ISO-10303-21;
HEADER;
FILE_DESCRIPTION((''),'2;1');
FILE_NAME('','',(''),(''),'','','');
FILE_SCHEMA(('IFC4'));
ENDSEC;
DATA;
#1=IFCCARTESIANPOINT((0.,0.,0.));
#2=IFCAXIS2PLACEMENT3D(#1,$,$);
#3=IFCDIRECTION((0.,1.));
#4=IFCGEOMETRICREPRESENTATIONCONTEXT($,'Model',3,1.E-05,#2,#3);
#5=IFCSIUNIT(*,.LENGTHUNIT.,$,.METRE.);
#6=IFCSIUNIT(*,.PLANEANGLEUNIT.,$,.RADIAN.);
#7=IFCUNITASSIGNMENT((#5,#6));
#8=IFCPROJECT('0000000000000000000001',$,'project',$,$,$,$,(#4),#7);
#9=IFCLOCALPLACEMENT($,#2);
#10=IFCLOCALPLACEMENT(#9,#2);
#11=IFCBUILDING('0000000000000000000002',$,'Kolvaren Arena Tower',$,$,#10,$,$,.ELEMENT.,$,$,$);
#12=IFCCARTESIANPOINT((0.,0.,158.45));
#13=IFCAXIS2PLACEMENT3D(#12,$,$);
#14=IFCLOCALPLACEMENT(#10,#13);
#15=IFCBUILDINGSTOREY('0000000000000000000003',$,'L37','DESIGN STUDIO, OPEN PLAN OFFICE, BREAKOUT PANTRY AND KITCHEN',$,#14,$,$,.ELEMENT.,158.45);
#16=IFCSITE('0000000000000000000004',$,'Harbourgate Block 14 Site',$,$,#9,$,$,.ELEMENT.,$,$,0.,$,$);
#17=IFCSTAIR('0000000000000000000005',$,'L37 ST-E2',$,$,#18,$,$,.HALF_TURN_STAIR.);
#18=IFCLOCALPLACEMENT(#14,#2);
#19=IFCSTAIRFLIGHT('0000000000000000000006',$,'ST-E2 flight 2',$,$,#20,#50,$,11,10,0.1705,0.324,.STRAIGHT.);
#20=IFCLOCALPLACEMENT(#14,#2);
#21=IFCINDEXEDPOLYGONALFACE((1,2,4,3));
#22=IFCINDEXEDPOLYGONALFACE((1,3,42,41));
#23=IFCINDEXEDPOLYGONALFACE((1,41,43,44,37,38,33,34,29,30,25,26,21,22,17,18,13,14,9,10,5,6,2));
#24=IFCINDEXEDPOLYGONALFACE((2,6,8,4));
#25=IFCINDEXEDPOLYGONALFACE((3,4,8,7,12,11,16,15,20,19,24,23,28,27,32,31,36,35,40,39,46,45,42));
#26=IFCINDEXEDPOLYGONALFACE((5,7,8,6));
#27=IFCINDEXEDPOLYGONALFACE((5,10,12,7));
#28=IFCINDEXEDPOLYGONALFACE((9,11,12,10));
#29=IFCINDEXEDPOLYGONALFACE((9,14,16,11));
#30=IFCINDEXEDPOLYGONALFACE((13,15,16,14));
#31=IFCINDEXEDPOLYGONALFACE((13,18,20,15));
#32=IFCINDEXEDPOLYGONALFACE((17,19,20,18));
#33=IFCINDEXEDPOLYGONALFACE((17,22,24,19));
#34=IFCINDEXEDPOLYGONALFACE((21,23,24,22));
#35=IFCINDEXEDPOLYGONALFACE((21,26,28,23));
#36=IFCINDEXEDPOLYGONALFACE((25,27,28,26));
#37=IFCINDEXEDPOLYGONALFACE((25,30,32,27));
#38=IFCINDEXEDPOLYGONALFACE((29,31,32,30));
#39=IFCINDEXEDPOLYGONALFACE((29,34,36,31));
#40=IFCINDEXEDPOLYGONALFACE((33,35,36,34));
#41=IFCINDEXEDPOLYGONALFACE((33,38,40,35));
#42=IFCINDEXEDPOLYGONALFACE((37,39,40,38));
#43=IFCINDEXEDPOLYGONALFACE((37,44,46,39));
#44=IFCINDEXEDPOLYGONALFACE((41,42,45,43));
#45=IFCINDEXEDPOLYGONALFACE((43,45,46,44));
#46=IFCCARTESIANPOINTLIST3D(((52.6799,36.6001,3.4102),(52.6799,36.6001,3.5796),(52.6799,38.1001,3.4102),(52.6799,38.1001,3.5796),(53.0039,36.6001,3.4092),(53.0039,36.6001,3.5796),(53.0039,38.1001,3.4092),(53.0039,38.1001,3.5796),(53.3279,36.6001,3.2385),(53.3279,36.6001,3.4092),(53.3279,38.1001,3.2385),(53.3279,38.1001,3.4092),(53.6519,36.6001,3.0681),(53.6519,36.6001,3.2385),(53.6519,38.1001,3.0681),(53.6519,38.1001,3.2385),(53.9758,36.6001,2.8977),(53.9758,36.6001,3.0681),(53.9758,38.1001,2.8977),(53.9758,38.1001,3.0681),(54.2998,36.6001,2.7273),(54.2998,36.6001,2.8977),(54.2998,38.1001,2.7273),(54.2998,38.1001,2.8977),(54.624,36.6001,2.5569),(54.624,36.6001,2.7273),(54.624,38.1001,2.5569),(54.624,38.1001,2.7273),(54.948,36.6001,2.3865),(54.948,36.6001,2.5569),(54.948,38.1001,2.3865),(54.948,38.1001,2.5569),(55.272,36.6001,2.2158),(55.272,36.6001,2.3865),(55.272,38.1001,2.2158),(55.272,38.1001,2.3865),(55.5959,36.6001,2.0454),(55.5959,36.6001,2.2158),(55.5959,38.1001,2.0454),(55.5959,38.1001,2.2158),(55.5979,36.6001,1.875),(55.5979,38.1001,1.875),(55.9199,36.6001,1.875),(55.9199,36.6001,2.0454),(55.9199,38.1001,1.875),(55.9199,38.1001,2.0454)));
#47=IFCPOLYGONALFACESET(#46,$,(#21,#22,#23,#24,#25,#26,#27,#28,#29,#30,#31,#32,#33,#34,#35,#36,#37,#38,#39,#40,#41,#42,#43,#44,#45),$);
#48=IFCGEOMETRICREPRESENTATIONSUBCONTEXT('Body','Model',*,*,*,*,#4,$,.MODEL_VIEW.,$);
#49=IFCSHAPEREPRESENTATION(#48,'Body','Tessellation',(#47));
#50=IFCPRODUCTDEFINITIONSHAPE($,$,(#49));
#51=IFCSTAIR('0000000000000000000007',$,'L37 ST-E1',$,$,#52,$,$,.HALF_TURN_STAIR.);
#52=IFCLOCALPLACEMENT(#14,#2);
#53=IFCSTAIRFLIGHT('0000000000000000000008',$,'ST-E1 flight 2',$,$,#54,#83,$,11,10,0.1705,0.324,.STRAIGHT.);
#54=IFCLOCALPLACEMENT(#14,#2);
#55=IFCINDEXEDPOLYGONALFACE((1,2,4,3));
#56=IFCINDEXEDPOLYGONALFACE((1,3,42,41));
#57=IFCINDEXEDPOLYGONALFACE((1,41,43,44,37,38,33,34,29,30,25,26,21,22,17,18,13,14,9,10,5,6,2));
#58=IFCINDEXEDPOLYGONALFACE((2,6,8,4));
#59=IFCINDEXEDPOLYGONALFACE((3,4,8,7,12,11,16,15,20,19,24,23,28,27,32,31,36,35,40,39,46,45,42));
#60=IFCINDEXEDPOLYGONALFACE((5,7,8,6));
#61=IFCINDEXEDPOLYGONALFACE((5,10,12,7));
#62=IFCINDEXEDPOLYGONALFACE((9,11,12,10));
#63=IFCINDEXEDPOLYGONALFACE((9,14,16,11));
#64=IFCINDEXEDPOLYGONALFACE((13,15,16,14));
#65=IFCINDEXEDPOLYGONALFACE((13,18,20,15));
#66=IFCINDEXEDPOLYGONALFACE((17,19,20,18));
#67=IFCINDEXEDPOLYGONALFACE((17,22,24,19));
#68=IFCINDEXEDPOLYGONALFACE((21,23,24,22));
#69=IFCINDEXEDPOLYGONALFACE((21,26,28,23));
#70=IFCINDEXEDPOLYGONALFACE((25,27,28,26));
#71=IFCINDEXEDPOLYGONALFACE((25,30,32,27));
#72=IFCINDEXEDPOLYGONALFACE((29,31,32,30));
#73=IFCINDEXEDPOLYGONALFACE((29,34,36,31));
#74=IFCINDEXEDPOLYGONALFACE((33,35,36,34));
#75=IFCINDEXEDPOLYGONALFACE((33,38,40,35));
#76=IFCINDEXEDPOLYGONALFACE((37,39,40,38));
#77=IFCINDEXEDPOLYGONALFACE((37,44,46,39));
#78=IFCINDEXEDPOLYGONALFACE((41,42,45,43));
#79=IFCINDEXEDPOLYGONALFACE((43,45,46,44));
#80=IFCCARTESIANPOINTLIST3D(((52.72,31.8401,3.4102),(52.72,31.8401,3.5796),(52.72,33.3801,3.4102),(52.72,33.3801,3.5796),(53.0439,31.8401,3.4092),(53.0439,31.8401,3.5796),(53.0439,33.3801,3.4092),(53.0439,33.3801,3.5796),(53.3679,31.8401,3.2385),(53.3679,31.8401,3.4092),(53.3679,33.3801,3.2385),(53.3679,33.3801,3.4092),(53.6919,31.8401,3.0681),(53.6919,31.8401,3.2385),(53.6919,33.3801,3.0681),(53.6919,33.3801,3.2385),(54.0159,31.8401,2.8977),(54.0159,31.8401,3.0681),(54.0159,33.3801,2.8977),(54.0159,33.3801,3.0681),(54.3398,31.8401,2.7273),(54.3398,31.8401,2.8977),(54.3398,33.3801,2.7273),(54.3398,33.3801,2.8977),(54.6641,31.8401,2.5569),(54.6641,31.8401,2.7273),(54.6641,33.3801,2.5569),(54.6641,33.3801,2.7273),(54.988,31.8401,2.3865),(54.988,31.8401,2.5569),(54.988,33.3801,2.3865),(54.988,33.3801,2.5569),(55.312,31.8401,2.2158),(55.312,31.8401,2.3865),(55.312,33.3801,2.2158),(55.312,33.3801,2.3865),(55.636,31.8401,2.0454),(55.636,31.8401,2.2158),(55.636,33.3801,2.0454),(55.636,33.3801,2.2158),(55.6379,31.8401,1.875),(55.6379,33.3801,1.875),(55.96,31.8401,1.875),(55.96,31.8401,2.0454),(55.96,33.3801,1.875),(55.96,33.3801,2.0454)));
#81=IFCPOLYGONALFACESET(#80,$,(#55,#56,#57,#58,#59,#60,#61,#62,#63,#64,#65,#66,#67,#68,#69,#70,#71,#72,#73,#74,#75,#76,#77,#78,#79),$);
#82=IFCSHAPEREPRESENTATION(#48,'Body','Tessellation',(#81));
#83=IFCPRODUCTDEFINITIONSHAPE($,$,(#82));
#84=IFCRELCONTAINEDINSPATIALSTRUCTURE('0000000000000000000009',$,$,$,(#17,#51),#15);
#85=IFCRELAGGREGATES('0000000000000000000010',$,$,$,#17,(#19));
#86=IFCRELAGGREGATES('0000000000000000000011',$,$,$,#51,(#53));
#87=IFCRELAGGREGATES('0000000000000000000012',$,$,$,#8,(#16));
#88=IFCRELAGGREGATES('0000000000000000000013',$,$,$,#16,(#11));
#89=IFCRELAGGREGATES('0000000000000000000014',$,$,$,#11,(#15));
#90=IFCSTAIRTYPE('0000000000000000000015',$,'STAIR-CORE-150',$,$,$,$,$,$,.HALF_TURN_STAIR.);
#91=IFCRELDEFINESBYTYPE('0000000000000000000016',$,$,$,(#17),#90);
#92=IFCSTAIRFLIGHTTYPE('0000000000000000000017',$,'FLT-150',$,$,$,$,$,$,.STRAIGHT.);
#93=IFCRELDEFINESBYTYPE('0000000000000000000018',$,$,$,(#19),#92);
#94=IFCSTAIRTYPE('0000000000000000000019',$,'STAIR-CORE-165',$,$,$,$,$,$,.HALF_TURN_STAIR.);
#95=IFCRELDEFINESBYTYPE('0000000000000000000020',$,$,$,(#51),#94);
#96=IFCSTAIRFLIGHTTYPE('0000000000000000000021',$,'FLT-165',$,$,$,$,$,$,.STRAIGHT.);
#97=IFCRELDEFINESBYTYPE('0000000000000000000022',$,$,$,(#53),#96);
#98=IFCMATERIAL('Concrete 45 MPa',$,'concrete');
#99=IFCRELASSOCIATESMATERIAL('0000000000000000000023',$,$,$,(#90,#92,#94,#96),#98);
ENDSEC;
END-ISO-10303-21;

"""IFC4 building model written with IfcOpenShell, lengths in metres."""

from ifc_helpers import new_model, si_unit, direction, frame, origin, place, context, subcontext, project, spatial, polyline, outline, extrude, material, type_object, element, aggregate, save


model = new_model("IFC4")

# Units and contexts
model_context = context("Model", 3, precision=1e-05, world=origin(), true_north=direction((0.0, 1.0)))
body_context = subcontext(model_context, "Body", "Model", "MODEL_VIEW")
ifc_project = project(units=[si_unit("LENGTHUNIT", "METRE"), si_unit("PLANEANGLEUNIT", "RADIAN")], contexts=[model_context])

# Site, building, storey
site_placement = place(None, origin())
site = spatial("IfcSite", under=ifc_project, at=site_placement, Name="Harbourgate Block 14 Site", CompositionType="ELEMENT", RefElevation=0.0)
building_placement = place(site_placement, origin())
building = spatial("IfcBuilding", under=site, at=building_placement, Name="Kolvaren Arena Tower", CompositionType="ELEMENT")
storey_placement = place(building_placement, frame((0.0, 0.0, 158.45)))
storey = spatial("IfcBuildingStorey", under=building, at=storey_placement, Name="L37", Description="DESIGN STUDIO, OPEN PLAN OFFICE, BREAKOUT PANTRY AND KITCHEN", CompositionType="ELEMENT", Elevation=158.45)

# Shared definitions
ifc_material_1 = material(Name="Concrete 45 MPa", Category="concrete")

# Stairs, stair flights
stair_type_1 = type_object("IfcStairType", Name="STAIR-CORE-150", PredefinedType="HALF_TURN_STAIR", material=ifc_material_1)
stair_1_placement = place(storey_placement, origin())
stair_1 = element("IfcStair", 1, at=stair_1_placement, inside=storey, type_object=stair_type_1, Name="L37 ST-E2", PredefinedType="HALF_TURN_STAIR")
stair_flight_type_1 = type_object("IfcStairFlightType", Name="FLT-150", PredefinedType="STRAIGHT", material=ifc_material_1)
stair_flight_1_placement = place(storey_placement, frame((55.9199, 37.3501, 1.875), z_axis=(0.0, 0.0, 1.0), x_axis=(-1.0, 0.0, 0.0)))
stair_flight_1 = element("IfcStairFlight", 2, at=stair_flight_1_placement, type_object=stair_flight_type_1, Name="ST-E2 flight 2", NumberOfRisers=11, NumberOfTreads=10, PredefinedType="STRAIGHT", RiserHeight=0.1705, TreadLength=0.324, context=body_context, shape_type="SweptSolid", body=[
    extrude(outline(polyline([(0.0, 0.0), (0.0, 0.1704), (0.324, 0.1704), (0.324, 0.3408), (0.6479, 0.3408), (0.6479, 0.5115), (0.9719, 0.5115), (0.9719, 0.6819), (1.2959, 0.6819), (1.2959, 0.8523), (1.6201, 0.8523), (1.6201, 1.0227), (1.9441, 1.0227), (1.9441, 1.1931), (2.2681, 1.1931), (2.2681, 1.3635), (2.592, 1.3635), (2.592, 1.5342), (2.916, 1.5342), (2.916, 1.7046), (3.24, 1.7046), (3.24, 1.875), (3.24, 1.5352), (0.322, 0.0), (0.0, 0.0)])), frame((0.0, 0.75, 0.0), z_axis=(0.0, -1.0, 0.0), x_axis=(1.0, 0.0, 0.0)), (0.0, 0.0, 1.0), 1.5),
])
aggregate(stair_1, [stair_flight_1])
stair_type_2 = type_object("IfcStairType", Name="STAIR-CORE-165", PredefinedType="HALF_TURN_STAIR", material=ifc_material_1)
stair_2_placement = place(storey_placement, origin())
stair_2 = element("IfcStair", 3, at=stair_2_placement, inside=storey, type_object=stair_type_2, Name="L37 ST-E1", PredefinedType="HALF_TURN_STAIR")
stair_flight_type_2 = type_object("IfcStairFlightType", Name="FLT-165", PredefinedType="STRAIGHT", material=ifc_material_1)
stair_flight_2_placement = place(storey_placement, frame((55.96, 32.6101, 1.875), z_axis=(0.0, 0.0, 1.0), x_axis=(-1.0, 0.0, 0.0)))
stair_flight_2 = element("IfcStairFlight", 4, at=stair_flight_2_placement, type_object=stair_flight_type_2, Name="ST-E1 flight 2", NumberOfRisers=11, NumberOfTreads=10, PredefinedType="STRAIGHT", RiserHeight=0.1705, TreadLength=0.324, context=body_context, shape_type="SweptSolid", body=[
    extrude(outline(polyline([(0.0, 0.0), (0.0, 0.1704), (0.324, 0.1704), (0.324, 0.3408), (0.6479, 0.3408), (0.6479, 0.5115), (0.9719, 0.5115), (0.9719, 0.6819), (1.2959, 0.6819), (1.2959, 0.8523), (1.6201, 0.8523), (1.6201, 1.0227), (1.9441, 1.0227), (1.9441, 1.1931), (2.2681, 1.1931), (2.2681, 1.3635), (2.592, 1.3635), (2.592, 1.5342), (2.916, 1.5342), (2.916, 1.7046), (3.24, 1.7046), (3.24, 1.875), (3.24, 1.5352), (0.322, 0.0), (0.0, 0.0)])), frame((0.0, 0.77, 0.0), z_axis=(0.0, -1.0, 0.0), x_axis=(1.0, 0.0, 0.0)), (0.0, 0.0, 1.0), 1.54),
])
aggregate(stair_2, [stair_flight_2])

save(model, "model.ifc")
